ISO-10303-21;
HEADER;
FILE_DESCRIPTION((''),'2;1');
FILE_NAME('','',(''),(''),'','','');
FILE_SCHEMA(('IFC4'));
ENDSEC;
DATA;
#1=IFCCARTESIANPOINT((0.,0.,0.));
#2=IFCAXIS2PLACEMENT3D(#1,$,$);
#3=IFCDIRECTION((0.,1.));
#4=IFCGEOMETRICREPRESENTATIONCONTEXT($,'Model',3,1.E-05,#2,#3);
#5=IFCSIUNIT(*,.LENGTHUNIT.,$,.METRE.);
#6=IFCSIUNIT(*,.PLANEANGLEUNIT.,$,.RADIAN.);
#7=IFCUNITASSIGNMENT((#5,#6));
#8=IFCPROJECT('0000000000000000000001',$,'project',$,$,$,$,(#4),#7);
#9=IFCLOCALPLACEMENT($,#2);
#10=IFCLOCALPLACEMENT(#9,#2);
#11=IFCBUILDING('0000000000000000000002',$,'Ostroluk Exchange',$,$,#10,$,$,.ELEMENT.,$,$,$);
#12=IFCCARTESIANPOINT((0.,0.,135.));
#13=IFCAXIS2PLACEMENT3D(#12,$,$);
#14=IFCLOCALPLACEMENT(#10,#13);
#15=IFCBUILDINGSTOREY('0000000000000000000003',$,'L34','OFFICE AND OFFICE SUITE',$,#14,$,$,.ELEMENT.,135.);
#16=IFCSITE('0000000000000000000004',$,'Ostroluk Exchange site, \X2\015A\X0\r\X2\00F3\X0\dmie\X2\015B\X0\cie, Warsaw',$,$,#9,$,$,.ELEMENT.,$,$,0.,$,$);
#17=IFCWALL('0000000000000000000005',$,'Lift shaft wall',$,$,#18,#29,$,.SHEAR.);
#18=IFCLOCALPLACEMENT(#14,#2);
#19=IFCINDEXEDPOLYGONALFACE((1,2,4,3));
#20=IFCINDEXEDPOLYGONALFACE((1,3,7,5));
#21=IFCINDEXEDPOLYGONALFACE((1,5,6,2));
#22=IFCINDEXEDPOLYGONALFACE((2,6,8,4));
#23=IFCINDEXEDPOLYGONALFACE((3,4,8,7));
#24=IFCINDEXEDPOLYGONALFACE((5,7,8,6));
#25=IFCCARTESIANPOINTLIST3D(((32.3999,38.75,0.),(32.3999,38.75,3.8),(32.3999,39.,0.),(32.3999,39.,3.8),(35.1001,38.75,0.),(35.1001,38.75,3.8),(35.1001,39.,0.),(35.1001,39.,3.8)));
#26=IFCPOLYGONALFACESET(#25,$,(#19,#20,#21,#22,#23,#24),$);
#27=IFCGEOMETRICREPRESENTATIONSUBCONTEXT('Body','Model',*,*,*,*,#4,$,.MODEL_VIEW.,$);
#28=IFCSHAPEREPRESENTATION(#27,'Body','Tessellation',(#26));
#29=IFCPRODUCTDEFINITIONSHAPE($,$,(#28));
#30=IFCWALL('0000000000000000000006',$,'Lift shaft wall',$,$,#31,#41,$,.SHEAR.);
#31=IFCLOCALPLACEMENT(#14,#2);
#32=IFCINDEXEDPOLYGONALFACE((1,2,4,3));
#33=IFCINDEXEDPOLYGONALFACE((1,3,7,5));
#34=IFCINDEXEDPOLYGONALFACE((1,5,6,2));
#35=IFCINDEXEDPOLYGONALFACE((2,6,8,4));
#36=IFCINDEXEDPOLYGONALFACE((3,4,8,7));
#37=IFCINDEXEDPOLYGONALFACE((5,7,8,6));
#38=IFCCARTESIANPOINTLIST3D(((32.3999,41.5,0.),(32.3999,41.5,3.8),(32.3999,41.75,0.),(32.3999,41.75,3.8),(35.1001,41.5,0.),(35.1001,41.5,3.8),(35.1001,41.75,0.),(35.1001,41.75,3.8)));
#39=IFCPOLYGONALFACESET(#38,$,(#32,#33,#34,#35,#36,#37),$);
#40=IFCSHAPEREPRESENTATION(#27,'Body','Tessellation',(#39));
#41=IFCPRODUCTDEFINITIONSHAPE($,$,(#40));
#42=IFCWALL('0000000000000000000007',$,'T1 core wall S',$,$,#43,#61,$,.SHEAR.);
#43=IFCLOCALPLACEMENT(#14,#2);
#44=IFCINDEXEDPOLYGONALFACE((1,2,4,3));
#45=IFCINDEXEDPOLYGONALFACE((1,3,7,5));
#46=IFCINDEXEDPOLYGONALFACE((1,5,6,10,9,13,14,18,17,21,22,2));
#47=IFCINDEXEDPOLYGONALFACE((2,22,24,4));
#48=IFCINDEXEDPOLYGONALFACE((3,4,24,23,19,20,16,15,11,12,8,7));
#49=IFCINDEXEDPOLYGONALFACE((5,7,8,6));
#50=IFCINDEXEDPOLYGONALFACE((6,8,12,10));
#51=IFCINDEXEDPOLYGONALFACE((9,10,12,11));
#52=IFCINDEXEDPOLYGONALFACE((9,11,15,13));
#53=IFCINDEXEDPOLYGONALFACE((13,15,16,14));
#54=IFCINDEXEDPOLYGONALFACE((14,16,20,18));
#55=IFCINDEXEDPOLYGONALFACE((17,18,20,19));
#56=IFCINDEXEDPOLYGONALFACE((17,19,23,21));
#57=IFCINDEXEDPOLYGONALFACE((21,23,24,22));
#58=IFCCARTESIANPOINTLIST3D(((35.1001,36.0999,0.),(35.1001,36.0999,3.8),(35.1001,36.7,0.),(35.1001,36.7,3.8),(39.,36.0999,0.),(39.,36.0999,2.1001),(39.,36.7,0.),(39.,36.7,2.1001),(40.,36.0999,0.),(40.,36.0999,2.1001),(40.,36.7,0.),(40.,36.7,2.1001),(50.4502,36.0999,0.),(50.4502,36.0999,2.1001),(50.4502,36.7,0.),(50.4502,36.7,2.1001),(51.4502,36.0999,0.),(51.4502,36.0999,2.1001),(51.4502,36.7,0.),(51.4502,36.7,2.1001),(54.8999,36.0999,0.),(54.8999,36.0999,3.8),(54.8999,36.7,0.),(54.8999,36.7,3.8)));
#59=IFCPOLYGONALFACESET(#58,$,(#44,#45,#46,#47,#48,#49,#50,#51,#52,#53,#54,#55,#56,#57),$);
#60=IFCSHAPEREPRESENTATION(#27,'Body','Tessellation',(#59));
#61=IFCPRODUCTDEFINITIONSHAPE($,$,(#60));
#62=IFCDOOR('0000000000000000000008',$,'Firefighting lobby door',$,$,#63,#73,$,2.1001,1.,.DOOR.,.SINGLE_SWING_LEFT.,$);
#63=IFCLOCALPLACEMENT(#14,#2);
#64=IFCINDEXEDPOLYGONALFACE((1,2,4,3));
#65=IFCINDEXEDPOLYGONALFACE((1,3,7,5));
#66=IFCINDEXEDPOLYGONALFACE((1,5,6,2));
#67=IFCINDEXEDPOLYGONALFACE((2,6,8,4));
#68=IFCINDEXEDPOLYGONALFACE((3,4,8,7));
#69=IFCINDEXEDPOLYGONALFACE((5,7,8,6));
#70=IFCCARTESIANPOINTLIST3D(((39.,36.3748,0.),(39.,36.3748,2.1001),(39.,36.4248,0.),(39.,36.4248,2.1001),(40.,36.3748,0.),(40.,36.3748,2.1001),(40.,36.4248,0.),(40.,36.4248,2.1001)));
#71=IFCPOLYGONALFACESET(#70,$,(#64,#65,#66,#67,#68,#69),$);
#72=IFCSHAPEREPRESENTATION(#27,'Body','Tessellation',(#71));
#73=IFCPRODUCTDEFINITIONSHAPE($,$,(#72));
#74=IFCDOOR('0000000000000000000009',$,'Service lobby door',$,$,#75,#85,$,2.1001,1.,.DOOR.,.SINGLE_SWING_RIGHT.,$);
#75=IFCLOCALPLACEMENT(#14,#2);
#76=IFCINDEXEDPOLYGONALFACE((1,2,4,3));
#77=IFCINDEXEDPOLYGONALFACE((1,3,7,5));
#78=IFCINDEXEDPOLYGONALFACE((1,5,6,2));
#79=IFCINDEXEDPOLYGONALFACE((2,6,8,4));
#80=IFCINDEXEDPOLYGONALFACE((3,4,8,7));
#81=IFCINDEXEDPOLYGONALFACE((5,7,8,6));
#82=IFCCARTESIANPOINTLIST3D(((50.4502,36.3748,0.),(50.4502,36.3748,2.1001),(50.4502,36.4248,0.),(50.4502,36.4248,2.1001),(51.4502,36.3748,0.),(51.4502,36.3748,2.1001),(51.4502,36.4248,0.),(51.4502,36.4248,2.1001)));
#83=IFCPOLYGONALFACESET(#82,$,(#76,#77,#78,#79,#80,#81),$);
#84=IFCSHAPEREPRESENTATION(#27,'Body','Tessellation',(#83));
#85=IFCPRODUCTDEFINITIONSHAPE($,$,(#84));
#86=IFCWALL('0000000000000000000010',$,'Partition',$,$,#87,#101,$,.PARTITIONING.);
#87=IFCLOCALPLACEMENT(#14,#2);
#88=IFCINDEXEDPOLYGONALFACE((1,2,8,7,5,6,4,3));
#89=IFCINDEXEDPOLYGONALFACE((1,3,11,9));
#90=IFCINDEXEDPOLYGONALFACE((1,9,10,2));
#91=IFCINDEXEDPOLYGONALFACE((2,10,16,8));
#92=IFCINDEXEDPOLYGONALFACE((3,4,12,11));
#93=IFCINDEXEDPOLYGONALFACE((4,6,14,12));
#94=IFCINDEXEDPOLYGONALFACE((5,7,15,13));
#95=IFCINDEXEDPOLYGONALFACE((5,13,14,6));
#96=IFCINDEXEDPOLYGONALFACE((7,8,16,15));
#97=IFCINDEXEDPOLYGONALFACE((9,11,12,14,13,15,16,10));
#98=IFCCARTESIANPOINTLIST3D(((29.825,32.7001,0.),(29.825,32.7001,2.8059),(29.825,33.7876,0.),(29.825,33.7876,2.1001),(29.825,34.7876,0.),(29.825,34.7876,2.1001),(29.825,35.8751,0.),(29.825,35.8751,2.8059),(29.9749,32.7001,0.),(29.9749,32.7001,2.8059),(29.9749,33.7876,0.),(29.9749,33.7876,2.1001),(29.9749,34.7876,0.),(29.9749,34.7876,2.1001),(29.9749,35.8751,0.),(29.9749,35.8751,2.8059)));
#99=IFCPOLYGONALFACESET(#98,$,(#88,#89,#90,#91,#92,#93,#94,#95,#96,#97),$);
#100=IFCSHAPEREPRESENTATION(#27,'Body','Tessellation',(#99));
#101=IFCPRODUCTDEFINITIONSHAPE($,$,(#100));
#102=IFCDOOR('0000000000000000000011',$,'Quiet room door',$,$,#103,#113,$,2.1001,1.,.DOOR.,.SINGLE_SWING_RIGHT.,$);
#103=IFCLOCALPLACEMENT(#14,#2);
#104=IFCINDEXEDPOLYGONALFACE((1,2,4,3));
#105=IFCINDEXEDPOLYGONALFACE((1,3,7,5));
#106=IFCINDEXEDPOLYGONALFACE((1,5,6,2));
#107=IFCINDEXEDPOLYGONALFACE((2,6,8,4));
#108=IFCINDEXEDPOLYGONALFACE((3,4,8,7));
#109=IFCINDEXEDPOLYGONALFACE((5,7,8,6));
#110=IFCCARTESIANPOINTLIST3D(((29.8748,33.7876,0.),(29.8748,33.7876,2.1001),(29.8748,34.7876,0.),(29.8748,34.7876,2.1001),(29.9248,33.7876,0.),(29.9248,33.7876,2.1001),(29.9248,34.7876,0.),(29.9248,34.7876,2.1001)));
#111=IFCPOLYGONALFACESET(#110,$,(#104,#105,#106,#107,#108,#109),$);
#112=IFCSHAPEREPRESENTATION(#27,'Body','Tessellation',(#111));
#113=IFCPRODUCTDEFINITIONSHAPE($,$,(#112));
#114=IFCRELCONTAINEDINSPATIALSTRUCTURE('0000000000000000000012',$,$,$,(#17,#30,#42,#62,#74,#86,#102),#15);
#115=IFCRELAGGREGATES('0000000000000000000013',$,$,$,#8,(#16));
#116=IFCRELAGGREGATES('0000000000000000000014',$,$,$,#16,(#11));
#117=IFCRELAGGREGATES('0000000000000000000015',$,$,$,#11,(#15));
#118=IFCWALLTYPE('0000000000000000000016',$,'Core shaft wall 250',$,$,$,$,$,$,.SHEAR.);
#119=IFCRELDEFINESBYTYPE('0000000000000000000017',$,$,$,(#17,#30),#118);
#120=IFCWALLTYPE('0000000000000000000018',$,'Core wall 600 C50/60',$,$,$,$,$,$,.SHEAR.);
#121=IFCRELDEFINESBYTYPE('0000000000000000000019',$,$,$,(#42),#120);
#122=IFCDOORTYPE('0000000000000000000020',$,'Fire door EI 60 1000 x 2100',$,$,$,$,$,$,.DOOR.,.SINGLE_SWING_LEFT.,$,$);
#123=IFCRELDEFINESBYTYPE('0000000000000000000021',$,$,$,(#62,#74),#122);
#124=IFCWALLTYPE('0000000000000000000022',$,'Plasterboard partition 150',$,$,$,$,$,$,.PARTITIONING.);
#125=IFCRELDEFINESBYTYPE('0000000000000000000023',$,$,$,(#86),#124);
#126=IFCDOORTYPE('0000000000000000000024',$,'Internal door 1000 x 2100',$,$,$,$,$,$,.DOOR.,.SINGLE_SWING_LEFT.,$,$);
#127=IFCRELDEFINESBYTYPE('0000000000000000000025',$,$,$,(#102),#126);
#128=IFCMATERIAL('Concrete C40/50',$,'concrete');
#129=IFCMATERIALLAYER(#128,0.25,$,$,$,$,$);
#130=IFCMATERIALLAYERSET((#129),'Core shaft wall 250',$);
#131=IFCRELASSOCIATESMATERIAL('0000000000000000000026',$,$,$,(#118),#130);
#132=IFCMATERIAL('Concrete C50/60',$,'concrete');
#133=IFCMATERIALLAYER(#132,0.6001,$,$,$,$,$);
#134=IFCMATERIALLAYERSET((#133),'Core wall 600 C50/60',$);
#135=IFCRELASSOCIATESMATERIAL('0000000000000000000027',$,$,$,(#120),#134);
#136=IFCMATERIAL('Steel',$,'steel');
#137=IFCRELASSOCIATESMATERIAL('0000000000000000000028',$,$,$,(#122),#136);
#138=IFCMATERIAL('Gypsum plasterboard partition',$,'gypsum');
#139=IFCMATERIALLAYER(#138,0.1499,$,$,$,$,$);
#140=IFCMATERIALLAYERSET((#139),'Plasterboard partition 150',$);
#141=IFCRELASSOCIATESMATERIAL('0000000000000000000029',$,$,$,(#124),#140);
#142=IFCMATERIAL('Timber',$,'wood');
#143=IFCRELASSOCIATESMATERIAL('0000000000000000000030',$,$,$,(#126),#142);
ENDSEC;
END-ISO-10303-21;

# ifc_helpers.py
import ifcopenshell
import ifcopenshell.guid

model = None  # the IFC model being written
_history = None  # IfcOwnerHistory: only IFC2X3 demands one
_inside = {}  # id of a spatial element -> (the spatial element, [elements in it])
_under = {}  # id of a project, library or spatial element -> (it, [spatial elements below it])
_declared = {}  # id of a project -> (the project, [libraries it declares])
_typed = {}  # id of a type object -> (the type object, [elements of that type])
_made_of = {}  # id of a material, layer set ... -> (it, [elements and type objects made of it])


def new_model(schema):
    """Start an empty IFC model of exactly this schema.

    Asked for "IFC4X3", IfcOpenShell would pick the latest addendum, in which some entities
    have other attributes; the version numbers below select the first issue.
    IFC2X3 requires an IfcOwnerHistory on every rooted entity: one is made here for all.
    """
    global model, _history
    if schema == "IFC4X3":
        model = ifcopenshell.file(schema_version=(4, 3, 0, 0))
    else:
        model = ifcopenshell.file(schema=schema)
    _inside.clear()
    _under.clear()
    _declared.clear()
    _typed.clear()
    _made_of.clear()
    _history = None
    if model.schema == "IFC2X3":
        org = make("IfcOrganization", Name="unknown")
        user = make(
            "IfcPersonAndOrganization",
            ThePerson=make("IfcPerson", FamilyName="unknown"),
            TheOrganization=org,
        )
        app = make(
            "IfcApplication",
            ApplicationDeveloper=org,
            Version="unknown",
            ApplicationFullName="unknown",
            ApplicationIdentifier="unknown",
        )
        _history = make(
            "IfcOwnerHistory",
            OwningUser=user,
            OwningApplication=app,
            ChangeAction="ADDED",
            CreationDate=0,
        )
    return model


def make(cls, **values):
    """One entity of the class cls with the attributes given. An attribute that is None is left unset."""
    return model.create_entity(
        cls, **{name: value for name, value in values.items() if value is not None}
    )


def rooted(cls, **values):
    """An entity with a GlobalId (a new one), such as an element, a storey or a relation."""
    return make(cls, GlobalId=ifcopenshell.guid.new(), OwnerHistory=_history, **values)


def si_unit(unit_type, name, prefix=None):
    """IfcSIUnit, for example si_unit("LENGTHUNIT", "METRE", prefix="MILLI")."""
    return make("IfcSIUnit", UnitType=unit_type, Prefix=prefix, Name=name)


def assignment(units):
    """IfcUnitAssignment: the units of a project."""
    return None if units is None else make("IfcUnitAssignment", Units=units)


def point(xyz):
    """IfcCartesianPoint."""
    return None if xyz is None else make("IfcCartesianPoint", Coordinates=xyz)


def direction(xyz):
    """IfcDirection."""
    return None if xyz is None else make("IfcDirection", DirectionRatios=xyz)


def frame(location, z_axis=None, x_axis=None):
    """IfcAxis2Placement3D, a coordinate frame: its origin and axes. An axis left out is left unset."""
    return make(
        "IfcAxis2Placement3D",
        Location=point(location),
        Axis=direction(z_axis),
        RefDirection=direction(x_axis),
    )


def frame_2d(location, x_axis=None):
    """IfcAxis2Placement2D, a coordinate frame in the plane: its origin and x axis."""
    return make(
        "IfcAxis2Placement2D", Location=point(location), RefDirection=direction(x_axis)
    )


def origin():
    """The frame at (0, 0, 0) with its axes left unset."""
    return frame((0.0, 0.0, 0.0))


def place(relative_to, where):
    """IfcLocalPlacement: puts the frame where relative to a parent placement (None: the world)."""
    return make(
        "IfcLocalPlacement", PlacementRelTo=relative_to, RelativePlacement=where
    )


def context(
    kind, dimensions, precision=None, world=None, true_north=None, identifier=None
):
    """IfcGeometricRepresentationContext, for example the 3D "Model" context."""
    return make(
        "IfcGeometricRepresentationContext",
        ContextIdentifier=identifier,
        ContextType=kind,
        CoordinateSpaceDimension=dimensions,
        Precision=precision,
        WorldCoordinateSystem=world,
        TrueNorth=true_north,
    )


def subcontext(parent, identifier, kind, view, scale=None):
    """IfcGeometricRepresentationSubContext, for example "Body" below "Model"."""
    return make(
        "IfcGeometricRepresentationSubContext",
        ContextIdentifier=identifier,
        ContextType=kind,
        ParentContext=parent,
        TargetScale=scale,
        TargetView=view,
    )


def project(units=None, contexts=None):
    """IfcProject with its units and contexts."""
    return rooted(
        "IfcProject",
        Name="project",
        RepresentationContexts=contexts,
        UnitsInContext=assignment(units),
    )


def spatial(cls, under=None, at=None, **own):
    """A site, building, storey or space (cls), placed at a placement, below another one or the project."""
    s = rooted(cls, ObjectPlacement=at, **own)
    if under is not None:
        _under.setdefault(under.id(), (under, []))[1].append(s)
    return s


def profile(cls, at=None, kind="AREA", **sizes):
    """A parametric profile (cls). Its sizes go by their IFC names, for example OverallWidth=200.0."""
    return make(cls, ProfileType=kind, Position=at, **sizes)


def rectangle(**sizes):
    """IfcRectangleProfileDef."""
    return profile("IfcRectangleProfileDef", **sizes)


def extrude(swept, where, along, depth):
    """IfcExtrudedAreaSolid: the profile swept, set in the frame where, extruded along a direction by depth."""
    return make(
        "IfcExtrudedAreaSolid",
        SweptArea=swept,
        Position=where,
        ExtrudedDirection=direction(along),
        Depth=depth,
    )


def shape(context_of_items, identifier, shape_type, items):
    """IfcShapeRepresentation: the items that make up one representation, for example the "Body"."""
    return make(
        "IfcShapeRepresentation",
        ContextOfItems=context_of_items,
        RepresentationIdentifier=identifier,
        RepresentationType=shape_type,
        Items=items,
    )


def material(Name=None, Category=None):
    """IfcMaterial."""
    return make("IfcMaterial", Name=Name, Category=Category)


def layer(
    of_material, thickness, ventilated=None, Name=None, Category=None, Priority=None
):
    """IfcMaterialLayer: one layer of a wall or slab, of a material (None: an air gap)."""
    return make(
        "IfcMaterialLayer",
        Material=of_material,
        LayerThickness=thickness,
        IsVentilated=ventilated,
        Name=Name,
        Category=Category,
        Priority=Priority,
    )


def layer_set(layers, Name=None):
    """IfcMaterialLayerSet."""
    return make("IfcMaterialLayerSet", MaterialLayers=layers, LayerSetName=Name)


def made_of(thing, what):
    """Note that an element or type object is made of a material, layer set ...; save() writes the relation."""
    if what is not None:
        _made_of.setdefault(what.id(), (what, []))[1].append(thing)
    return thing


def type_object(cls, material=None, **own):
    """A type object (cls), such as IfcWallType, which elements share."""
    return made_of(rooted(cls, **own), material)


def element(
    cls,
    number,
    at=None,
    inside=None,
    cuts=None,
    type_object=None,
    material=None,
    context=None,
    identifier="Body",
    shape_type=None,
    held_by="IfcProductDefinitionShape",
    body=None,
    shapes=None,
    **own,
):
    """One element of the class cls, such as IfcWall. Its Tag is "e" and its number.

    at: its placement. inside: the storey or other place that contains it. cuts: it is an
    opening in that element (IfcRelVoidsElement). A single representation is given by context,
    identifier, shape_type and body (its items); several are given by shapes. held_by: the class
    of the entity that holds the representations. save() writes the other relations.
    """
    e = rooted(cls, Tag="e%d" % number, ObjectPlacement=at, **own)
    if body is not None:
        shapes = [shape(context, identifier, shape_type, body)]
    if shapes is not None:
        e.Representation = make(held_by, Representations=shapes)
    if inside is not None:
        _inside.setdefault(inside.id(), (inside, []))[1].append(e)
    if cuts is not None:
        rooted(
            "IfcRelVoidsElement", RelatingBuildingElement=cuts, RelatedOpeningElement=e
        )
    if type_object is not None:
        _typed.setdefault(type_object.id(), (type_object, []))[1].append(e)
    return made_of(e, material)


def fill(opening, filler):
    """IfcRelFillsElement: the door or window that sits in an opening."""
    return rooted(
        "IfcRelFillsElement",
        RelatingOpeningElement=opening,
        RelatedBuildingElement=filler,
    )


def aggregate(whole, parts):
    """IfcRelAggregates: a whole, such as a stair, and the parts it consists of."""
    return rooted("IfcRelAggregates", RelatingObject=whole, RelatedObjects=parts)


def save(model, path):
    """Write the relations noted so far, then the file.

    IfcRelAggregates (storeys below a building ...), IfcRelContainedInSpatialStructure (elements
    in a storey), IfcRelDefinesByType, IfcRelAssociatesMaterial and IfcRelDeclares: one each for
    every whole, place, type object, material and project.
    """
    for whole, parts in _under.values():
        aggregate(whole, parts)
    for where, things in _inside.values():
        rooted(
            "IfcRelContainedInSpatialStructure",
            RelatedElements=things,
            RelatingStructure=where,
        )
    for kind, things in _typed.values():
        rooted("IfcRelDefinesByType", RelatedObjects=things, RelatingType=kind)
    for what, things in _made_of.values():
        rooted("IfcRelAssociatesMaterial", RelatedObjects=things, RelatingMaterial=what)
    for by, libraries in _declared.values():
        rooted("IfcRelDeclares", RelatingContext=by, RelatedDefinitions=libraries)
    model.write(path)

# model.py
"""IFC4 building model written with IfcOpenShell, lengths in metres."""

from ifc_helpers import new_model, si_unit, direction, frame, frame_2d, origin, place, context, subcontext, project, spatial, rectangle, extrude, material, layer, layer_set, type_object, element, fill, save


model = new_model("IFC4")

# Units and contexts
model_context = context("Model", 3, precision=1e-05, world=origin(), true_north=direction((0.0, 1.0)))
body_context = subcontext(model_context, "Body", "Model", "MODEL_VIEW")
ifc_project = project(units=[si_unit("LENGTHUNIT", "METRE"), si_unit("PLANEANGLEUNIT", "RADIAN")], contexts=[model_context])

# Site, building, storey
site_placement = place(None, origin())
site = spatial("IfcSite", under=ifc_project, at=site_placement, Name="Ostroluk Exchange site, Śródmieście, Warsaw", CompositionType="ELEMENT", RefElevation=0.0)
building_placement = place(site_placement, origin())
building = spatial("IfcBuilding", under=site, at=building_placement, Name="Ostroluk Exchange", CompositionType="ELEMENT")
storey_placement = place(building_placement, frame((0.0, 0.0, 135.0)))
storey = spatial("IfcBuildingStorey", under=building, at=storey_placement, Name="L34", Description="OFFICE AND OFFICE SUITE", CompositionType="ELEMENT", Elevation=135.0)

# Shared definitions
ifc_material_1 = material(Name="Concrete C40/50", Category="concrete")
ifc_layer_1 = layer(ifc_material_1, 0.25)
ifc_layer_set_1 = layer_set([ifc_layer_1], Name="Core shaft wall 250")
wall_type_1 = type_object("IfcWallType", Name="Core shaft wall 250", PredefinedType="SHEAR", material=ifc_layer_set_1)

# Walls
for number, where, z_axis, x_axis, name in (
    (1, (32.3999, 38.875, 0.0), (0.0, 0.0, 1.0), (1.0, 0.0, 0.0), "Lift shaft wall"),
    (2, (32.3999, 41.625, 0.0), (0.0, 0.0, 1.0), (1.0, 0.0, 0.0), "Lift shaft wall"),
):
    element("IfcWall", number, at=place(storey_placement, frame(where, z_axis=z_axis, x_axis=x_axis)), inside=storey, type_object=wall_type_1, Name=name, PredefinedType="SHEAR", context=body_context, shape_type="SweptSolid", body=[
        extrude(rectangle(XDim=2.7002, YDim=0.25, at=frame_2d((1.3501, 0.0))), origin(), (0.0, 0.0, 1.0), 3.8),
    ])

# Wall, openings, doors
ifc_material_2 = material(Name="Concrete C50/60", Category="concrete")
ifc_layer_2 = layer(ifc_material_2, 0.6001)
ifc_layer_set_2 = layer_set([ifc_layer_2], Name="Core wall 600 C50/60")
wall_type_2 = type_object("IfcWallType", Name="Core wall 600 C50/60", PredefinedType="SHEAR", material=ifc_layer_set_2)
wall_1_placement = place(storey_placement, frame((35.1001, 36.3999, 0.0), z_axis=(0.0, 0.0, 1.0), x_axis=(1.0, 0.0, 0.0)))
wall_1 = element("IfcWall", 3, at=wall_1_placement, inside=storey, type_object=wall_type_2, Name="T1 core wall S", PredefinedType="SHEAR", context=body_context, shape_type="SweptSolid", body=[
    extrude(rectangle(XDim=19.7998, YDim=0.6001, at=frame_2d((9.8999, 0.0))), origin(), (0.0, 0.0, 1.0), 3.8),
])
opening_1_placement = place(wall_1_placement, frame((3.8999, 0.0, 0.0)))
opening_1 = element("IfcOpeningElement", 4, at=opening_1_placement, cuts=wall_1, PredefinedType="OPENING", context=body_context, shape_type="SweptSolid", body=[
    extrude(rectangle(XDim=1.0, YDim=2.1001, at=frame_2d((0.5, 1.05))), frame((0.0, 0.3101, 0.0), z_axis=(0.0, -1.0, 0.0), x_axis=(1.0, 0.0, 0.0)), (0.0, 0.0, 1.0), 0.6201),
])
opening_2_placement = place(wall_1_placement, frame((15.3501, 0.0, 0.0)))
opening_2 = element("IfcOpeningElement", 5, at=opening_2_placement, cuts=wall_1, PredefinedType="OPENING", context=body_context, shape_type="SweptSolid", body=[
    extrude(rectangle(XDim=1.0, YDim=2.1001, at=frame_2d((0.5, 1.05))), frame((0.0, 0.3101, 0.0), z_axis=(0.0, -1.0, 0.0), x_axis=(1.0, 0.0, 0.0)), (0.0, 0.0, 1.0), 0.6201),
])
ifc_material_3 = material(Name="Steel", Category="steel")
door_type_1 = type_object("IfcDoorType", Name="Fire door EI 60 1000 x 2100", OperationType="SINGLE_SWING_LEFT", PredefinedType="DOOR", material=ifc_material_3)
door_1_placement = place(opening_1_placement, origin())
door_1 = element("IfcDoor", 6, at=door_1_placement, inside=storey, type_object=door_type_1, Name="Firefighting lobby door", OperationType="SINGLE_SWING_LEFT", OverallHeight=2.1001, OverallWidth=1.0, PredefinedType="DOOR", context=body_context, shape_type="SweptSolid", body=[
    extrude(rectangle(XDim=1.0, YDim=2.1001, at=frame_2d((0.5, 1.05))), frame((0.0, 0.0249, 0.0), z_axis=(0.0, -1.0, 0.0), x_axis=(1.0, 0.0, 0.0)), (0.0, 0.0, 1.0), 0.05),
])
fill(opening_1, door_1)
door_2_placement = place(opening_2_placement, origin())
door_2 = element("IfcDoor", 7, at=door_2_placement, inside=storey, type_object=door_type_1, Name="Service lobby door", OperationType="SINGLE_SWING_RIGHT", OverallHeight=2.1001, OverallWidth=1.0, PredefinedType="DOOR", context=body_context, shape_type="SweptSolid", body=[
    extrude(rectangle(XDim=1.0, YDim=2.1001, at=frame_2d((0.5, 1.05))), frame((0.0, 0.0249, 0.0), z_axis=(0.0, -1.0, 0.0), x_axis=(1.0, 0.0, 0.0)), (0.0, 0.0, 1.0), 0.05),
])
fill(opening_2, door_2)

# Wall, opening, door
ifc_material_4 = material(Name="Gypsum plasterboard partition", Category="gypsum")
ifc_layer_3 = layer(ifc_material_4, 0.1499)
ifc_layer_set_3 = layer_set([ifc_layer_3], Name="Plasterboard partition 150")
wall_type_3 = type_object("IfcWallType", Name="Plasterboard partition 150", PredefinedType="PARTITIONING", material=ifc_layer_set_3)
wall_2_placement = place(storey_placement, frame((29.8999, 35.875, 0.0), z_axis=(0.0, 0.0, 1.0), x_axis=(0.0, -1.0, 0.0)))
wall_2 = element("IfcWall", 8, at=wall_2_placement, inside=storey, type_object=wall_type_3, Name="Partition", PredefinedType="PARTITIONING", context=body_context, shape_type="SweptSolid", body=[
    extrude(rectangle(XDim=3.175, YDim=0.1499, at=frame_2d((1.5874, 0.0))), origin(), (0.0, 0.0, 1.0), 2.8059),
])
opening_3_placement = place(wall_2_placement, frame((1.0874, 0.0, 0.0)))
opening_3 = element("IfcOpeningElement", 9, at=opening_3_placement, cuts=wall_2, PredefinedType="OPENING", context=body_context, shape_type="SweptSolid", body=[
    extrude(rectangle(XDim=1.0, YDim=2.1001, at=frame_2d((0.5, 1.05))), frame((0.0, 0.085, 0.0), z_axis=(0.0, -1.0, 0.0), x_axis=(1.0, 0.0, 0.0)), (0.0, 0.0, 1.0), 0.1699),
])
ifc_material_5 = material(Name="Timber", Category="wood")
door_type_2 = type_object("IfcDoorType", Name="Internal door 1000 x 2100", OperationType="SINGLE_SWING_LEFT", PredefinedType="DOOR", material=ifc_material_5)
door_3_placement = place(opening_3_placement, origin())
door_3 = element("IfcDoor", 10, at=door_3_placement, inside=storey, type_object=door_type_2, Name="Quiet room door", OperationType="SINGLE_SWING_RIGHT", OverallHeight=2.1001, OverallWidth=1.0, PredefinedType="DOOR", context=body_context, shape_type="SweptSolid", body=[
    extrude(rectangle(XDim=1.0, YDim=2.1001, at=frame_2d((0.5, 1.05))), frame((0.0, 0.0249, 0.0), z_axis=(0.0, -1.0, 0.0), x_axis=(1.0, 0.0, 0.0)), (0.0, 0.0, 1.0), 0.05),
])
fill(opening_3, door_3)

save(model, "model.ifc")
